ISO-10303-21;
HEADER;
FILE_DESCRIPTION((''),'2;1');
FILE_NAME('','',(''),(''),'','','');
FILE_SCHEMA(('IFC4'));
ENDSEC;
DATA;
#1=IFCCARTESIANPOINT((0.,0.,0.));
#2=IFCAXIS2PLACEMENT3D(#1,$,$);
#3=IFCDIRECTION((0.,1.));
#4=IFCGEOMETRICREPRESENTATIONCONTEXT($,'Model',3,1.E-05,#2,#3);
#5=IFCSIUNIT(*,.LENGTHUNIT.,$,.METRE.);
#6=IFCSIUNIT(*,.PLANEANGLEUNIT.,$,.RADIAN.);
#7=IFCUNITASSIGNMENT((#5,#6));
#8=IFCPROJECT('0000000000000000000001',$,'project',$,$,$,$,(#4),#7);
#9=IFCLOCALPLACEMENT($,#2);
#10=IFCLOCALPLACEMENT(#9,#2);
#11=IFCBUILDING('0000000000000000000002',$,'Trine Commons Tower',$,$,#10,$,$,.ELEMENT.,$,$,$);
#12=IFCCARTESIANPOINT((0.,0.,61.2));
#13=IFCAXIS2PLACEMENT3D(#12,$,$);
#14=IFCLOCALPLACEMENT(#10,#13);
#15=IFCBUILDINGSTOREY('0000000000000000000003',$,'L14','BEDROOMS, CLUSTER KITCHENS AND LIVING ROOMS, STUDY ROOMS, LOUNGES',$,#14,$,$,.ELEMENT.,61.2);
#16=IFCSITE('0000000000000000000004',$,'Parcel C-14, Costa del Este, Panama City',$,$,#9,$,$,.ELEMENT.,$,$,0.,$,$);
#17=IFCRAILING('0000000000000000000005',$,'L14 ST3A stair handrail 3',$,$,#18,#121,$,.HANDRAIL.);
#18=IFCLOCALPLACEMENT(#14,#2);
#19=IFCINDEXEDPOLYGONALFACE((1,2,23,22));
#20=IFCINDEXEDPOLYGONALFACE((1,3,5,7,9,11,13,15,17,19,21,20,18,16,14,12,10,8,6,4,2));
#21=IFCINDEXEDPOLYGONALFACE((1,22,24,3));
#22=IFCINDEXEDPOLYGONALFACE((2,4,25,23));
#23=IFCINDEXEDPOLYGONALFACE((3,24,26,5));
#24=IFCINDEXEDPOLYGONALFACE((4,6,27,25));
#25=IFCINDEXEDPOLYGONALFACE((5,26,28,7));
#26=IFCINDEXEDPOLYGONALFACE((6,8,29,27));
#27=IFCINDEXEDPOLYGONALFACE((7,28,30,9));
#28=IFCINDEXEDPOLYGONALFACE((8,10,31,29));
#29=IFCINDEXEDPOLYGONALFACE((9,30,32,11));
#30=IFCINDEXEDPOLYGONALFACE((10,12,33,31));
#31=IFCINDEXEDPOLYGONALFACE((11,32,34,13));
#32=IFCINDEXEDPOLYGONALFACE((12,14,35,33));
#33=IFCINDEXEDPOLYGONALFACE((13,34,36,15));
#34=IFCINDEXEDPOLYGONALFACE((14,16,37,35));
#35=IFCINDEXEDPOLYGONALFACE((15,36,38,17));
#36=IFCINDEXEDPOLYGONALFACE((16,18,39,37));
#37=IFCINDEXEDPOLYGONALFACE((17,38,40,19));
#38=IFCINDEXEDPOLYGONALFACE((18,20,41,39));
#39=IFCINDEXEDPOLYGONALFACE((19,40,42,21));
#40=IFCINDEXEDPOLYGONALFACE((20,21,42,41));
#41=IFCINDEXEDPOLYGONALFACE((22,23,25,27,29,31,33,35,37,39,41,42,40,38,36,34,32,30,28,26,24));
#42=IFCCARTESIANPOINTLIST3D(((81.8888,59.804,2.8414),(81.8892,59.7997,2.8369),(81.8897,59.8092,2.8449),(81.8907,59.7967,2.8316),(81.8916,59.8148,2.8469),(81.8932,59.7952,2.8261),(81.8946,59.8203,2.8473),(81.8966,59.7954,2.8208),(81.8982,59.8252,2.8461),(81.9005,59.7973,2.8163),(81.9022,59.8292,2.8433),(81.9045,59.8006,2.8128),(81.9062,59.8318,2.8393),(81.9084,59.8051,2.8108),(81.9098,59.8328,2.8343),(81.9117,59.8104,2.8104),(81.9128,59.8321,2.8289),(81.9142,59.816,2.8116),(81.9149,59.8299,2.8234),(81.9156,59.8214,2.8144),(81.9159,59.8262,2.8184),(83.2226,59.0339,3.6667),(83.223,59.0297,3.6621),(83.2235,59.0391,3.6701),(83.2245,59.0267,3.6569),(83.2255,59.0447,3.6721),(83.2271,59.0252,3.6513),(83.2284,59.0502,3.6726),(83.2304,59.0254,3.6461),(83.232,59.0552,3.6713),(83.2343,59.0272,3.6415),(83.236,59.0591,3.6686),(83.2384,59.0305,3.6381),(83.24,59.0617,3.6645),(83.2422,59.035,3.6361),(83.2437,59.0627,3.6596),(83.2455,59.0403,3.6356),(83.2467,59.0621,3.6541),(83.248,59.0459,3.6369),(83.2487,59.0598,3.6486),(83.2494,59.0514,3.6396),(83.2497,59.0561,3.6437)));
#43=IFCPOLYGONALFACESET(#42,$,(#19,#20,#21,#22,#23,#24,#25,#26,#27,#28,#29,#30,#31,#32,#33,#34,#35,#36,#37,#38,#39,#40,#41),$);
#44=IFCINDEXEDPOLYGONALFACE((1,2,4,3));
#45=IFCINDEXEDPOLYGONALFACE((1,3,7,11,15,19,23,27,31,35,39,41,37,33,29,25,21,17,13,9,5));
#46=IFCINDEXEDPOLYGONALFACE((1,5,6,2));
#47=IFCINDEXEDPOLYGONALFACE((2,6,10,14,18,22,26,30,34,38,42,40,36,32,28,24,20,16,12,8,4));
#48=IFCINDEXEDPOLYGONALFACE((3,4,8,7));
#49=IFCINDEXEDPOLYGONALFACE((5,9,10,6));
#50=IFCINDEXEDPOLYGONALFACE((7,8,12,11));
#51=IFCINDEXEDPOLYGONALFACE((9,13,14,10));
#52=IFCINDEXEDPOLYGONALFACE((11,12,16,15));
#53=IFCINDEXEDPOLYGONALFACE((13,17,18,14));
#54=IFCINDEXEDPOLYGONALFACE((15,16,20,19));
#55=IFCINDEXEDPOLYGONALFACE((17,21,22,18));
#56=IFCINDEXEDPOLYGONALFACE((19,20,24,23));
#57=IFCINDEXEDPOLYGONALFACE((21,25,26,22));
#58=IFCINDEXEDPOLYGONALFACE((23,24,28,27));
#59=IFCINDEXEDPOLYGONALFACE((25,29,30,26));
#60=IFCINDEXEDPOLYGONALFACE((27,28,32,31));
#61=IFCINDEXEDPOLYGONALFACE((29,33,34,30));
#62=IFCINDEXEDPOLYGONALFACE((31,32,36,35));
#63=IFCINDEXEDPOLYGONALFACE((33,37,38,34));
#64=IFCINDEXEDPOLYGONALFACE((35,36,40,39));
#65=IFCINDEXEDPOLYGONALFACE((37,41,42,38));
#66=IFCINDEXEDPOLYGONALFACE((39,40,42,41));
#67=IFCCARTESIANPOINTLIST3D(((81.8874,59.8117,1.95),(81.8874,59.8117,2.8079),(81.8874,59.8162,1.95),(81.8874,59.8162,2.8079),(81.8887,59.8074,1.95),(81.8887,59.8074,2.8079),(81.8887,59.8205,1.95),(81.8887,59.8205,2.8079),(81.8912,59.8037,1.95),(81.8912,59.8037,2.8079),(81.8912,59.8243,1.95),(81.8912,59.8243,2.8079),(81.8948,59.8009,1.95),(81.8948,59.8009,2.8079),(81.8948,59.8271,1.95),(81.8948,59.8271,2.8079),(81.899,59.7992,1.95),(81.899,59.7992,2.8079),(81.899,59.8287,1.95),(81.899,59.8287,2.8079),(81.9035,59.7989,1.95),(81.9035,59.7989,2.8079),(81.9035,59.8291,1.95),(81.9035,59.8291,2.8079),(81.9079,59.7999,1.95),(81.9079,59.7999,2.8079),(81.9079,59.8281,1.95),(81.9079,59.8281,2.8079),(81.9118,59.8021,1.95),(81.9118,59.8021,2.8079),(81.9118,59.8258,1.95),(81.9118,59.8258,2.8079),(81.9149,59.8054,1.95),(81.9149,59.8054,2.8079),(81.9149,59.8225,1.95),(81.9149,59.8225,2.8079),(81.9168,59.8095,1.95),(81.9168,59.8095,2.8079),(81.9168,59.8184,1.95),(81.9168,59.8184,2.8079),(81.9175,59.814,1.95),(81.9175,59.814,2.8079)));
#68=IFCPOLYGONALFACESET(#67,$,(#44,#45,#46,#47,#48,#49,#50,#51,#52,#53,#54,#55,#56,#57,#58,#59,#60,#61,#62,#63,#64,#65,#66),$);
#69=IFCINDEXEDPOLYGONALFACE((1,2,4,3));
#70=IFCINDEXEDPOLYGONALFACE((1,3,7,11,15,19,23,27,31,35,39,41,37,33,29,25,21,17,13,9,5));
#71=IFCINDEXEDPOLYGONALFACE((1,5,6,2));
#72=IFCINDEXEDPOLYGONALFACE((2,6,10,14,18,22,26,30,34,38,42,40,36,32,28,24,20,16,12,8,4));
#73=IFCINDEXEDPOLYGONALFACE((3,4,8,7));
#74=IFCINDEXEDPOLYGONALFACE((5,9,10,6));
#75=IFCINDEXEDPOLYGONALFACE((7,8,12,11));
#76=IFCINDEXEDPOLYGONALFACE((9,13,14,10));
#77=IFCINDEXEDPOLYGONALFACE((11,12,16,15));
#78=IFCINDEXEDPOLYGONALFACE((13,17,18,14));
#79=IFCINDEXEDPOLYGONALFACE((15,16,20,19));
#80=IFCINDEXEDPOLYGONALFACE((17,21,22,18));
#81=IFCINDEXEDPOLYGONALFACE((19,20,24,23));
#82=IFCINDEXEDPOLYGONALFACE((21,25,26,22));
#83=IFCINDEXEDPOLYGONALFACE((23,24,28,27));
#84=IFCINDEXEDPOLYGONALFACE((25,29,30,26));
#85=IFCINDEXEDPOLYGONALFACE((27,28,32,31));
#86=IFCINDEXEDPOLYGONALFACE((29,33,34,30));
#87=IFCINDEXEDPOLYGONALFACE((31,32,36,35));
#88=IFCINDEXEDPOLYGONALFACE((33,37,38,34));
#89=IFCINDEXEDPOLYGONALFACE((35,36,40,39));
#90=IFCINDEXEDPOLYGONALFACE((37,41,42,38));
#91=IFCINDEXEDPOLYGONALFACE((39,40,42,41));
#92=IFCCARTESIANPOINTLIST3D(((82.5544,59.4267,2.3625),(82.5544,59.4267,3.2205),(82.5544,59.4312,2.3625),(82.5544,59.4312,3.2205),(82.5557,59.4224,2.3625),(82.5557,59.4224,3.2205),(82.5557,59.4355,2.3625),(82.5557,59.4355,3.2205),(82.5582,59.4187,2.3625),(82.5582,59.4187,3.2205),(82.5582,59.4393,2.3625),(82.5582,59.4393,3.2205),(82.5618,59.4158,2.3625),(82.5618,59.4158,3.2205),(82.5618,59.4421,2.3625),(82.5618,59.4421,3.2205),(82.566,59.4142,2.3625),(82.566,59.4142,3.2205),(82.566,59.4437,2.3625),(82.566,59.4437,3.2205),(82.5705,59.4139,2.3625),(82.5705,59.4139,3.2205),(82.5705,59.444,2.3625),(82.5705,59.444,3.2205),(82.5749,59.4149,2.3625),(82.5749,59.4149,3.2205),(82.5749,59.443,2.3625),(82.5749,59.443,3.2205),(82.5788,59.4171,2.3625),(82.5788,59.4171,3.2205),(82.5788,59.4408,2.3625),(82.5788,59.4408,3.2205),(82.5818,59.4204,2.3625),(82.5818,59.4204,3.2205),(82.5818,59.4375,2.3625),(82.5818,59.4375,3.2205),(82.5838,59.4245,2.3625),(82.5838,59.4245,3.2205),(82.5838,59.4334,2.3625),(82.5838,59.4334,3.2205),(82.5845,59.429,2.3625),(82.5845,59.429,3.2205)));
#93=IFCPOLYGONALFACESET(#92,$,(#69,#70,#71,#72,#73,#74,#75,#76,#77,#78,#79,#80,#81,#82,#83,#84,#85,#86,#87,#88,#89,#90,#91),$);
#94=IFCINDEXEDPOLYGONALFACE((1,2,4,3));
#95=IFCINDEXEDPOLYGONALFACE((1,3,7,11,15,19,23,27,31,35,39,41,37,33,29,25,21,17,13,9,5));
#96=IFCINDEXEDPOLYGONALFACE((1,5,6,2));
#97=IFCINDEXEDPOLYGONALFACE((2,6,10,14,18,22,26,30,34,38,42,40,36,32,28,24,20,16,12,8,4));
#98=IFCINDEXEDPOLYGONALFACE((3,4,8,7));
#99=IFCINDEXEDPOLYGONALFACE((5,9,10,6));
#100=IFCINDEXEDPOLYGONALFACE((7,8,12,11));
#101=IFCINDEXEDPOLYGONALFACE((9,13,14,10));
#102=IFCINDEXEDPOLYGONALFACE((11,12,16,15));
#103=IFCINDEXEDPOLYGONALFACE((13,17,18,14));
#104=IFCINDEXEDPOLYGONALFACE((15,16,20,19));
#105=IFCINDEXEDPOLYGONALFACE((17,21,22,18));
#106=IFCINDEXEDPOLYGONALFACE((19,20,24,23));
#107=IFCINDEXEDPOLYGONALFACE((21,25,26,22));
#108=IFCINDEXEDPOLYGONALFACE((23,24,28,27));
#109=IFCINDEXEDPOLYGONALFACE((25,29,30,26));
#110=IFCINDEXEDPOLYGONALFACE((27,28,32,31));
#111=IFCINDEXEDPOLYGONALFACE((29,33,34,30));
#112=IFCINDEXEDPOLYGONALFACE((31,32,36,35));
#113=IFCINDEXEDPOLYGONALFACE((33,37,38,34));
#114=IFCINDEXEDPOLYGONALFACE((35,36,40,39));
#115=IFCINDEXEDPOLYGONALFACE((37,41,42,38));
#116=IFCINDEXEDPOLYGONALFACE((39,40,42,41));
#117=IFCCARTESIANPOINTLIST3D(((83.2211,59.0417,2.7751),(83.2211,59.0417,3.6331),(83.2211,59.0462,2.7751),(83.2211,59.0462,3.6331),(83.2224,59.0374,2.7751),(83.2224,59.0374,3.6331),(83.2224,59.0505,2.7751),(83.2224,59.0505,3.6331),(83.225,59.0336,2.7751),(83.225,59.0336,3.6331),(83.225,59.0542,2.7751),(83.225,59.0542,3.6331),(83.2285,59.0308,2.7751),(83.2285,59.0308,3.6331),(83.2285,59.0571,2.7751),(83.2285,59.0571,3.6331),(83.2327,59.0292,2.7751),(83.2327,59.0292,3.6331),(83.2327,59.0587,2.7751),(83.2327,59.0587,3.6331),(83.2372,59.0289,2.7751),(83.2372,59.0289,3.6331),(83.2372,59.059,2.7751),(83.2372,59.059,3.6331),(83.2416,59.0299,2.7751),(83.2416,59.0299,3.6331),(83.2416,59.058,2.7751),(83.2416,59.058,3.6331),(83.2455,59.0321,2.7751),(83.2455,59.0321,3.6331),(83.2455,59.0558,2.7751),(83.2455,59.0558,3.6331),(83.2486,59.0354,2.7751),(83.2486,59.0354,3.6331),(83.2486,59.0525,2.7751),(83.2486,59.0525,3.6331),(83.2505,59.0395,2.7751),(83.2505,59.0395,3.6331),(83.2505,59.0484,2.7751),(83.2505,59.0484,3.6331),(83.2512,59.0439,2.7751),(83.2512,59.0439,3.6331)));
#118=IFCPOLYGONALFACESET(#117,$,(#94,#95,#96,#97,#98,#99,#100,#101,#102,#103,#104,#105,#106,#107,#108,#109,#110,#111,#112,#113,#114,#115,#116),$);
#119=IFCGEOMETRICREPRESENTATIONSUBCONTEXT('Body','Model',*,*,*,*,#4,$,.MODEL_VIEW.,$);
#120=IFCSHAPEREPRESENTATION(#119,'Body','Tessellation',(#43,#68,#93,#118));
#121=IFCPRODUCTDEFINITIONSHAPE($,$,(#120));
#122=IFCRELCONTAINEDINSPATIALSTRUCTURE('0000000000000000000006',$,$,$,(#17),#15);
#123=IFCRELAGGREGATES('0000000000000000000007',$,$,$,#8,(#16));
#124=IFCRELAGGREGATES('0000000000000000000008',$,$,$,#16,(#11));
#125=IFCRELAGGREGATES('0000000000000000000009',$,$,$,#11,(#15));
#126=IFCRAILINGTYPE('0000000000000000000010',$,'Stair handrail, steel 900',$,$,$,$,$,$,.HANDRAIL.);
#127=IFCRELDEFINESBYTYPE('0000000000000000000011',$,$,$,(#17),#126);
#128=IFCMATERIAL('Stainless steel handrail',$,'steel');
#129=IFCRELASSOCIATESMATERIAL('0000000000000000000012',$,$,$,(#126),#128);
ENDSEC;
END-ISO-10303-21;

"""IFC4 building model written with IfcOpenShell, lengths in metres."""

from ifc_helpers import new_model, si_unit, direction, frame, origin, origin_2d, place, context, subcontext, project, spatial, circle, extrude, material, type_object, element, save


model = new_model("IFC4")

# Units and contexts
model_context = context("Model", 3, precision=1e-05, world=origin(), true_north=direction((0.0, 1.0)))
body_context = subcontext(model_context, "Body", "Model", "MODEL_VIEW")
ifc_project = project(units=[si_unit("LENGTHUNIT", "METRE"), si_unit("PLANEANGLEUNIT", "RADIAN")], contexts=[model_context])

# Site, building, storey
site_placement = place(None, origin())
site = spatial("IfcSite", under=ifc_project, at=site_placement, Name="Parcel C-14, Costa del Este, Panama City", CompositionType="ELEMENT", RefElevation=0.0)
building_placement = place(site_placement, origin())
building = spatial("IfcBuilding", under=site, at=building_placement, Name="Trine Commons Tower", CompositionType="ELEMENT")
storey_placement = place(building_placement, frame((0.0, 0.0, 61.2)))
storey = spatial("IfcBuildingStorey", under=building, at=storey_placement, Name="L14", Description="BEDROOMS, CLUSTER KITCHENS AND LIVING ROOMS, STUDY ROOMS, LOUNGES", CompositionType="ELEMENT", Elevation=61.2)

# Railing
ifc_material_1 = material(Name="Stainless steel handrail", Category="steel")
railing_type_1 = type_object("IfcRailingType", Name="Stair handrail, steel 900", PredefinedType="HANDRAIL", material=ifc_material_1)
railing_1_placement = place(storey_placement, frame((81.9023, 59.814, 1.95)))
element("IfcRailing", 1, at=railing_1_placement, inside=storey, type_object=railing_type_1, Name="L14 ST3A stair handrail 3", PredefinedType="HANDRAIL", context=body_context, shape_type="SweptSolid", body=[
    extrude(circle(Radius=0.021, at=origin_2d()), frame((0.0, 0.0, 0.8789), z_axis=(0.763355, -0.440714, 0.472293), x_axis=(0.499992, 0.86603, 0.0)), (0.0, 0.0, 1.0), 1.7473),
    extrude(circle(Radius=0.0151, at=origin_2d()), origin(), (0.0, 0.0, 1.0), 0.8579),
    extrude(circle(Radius=0.0151, at=origin_2d()), frame((0.667, -0.385, 0.4126)), (0.0, 0.0, 1.0), 0.8579),
    extrude(circle(Radius=0.0151, at=origin_2d()), frame((1.3337, -0.77, 0.8252)), (0.0, 0.0, 1.0), 0.8579),
])

save(model, "model.ifc")
